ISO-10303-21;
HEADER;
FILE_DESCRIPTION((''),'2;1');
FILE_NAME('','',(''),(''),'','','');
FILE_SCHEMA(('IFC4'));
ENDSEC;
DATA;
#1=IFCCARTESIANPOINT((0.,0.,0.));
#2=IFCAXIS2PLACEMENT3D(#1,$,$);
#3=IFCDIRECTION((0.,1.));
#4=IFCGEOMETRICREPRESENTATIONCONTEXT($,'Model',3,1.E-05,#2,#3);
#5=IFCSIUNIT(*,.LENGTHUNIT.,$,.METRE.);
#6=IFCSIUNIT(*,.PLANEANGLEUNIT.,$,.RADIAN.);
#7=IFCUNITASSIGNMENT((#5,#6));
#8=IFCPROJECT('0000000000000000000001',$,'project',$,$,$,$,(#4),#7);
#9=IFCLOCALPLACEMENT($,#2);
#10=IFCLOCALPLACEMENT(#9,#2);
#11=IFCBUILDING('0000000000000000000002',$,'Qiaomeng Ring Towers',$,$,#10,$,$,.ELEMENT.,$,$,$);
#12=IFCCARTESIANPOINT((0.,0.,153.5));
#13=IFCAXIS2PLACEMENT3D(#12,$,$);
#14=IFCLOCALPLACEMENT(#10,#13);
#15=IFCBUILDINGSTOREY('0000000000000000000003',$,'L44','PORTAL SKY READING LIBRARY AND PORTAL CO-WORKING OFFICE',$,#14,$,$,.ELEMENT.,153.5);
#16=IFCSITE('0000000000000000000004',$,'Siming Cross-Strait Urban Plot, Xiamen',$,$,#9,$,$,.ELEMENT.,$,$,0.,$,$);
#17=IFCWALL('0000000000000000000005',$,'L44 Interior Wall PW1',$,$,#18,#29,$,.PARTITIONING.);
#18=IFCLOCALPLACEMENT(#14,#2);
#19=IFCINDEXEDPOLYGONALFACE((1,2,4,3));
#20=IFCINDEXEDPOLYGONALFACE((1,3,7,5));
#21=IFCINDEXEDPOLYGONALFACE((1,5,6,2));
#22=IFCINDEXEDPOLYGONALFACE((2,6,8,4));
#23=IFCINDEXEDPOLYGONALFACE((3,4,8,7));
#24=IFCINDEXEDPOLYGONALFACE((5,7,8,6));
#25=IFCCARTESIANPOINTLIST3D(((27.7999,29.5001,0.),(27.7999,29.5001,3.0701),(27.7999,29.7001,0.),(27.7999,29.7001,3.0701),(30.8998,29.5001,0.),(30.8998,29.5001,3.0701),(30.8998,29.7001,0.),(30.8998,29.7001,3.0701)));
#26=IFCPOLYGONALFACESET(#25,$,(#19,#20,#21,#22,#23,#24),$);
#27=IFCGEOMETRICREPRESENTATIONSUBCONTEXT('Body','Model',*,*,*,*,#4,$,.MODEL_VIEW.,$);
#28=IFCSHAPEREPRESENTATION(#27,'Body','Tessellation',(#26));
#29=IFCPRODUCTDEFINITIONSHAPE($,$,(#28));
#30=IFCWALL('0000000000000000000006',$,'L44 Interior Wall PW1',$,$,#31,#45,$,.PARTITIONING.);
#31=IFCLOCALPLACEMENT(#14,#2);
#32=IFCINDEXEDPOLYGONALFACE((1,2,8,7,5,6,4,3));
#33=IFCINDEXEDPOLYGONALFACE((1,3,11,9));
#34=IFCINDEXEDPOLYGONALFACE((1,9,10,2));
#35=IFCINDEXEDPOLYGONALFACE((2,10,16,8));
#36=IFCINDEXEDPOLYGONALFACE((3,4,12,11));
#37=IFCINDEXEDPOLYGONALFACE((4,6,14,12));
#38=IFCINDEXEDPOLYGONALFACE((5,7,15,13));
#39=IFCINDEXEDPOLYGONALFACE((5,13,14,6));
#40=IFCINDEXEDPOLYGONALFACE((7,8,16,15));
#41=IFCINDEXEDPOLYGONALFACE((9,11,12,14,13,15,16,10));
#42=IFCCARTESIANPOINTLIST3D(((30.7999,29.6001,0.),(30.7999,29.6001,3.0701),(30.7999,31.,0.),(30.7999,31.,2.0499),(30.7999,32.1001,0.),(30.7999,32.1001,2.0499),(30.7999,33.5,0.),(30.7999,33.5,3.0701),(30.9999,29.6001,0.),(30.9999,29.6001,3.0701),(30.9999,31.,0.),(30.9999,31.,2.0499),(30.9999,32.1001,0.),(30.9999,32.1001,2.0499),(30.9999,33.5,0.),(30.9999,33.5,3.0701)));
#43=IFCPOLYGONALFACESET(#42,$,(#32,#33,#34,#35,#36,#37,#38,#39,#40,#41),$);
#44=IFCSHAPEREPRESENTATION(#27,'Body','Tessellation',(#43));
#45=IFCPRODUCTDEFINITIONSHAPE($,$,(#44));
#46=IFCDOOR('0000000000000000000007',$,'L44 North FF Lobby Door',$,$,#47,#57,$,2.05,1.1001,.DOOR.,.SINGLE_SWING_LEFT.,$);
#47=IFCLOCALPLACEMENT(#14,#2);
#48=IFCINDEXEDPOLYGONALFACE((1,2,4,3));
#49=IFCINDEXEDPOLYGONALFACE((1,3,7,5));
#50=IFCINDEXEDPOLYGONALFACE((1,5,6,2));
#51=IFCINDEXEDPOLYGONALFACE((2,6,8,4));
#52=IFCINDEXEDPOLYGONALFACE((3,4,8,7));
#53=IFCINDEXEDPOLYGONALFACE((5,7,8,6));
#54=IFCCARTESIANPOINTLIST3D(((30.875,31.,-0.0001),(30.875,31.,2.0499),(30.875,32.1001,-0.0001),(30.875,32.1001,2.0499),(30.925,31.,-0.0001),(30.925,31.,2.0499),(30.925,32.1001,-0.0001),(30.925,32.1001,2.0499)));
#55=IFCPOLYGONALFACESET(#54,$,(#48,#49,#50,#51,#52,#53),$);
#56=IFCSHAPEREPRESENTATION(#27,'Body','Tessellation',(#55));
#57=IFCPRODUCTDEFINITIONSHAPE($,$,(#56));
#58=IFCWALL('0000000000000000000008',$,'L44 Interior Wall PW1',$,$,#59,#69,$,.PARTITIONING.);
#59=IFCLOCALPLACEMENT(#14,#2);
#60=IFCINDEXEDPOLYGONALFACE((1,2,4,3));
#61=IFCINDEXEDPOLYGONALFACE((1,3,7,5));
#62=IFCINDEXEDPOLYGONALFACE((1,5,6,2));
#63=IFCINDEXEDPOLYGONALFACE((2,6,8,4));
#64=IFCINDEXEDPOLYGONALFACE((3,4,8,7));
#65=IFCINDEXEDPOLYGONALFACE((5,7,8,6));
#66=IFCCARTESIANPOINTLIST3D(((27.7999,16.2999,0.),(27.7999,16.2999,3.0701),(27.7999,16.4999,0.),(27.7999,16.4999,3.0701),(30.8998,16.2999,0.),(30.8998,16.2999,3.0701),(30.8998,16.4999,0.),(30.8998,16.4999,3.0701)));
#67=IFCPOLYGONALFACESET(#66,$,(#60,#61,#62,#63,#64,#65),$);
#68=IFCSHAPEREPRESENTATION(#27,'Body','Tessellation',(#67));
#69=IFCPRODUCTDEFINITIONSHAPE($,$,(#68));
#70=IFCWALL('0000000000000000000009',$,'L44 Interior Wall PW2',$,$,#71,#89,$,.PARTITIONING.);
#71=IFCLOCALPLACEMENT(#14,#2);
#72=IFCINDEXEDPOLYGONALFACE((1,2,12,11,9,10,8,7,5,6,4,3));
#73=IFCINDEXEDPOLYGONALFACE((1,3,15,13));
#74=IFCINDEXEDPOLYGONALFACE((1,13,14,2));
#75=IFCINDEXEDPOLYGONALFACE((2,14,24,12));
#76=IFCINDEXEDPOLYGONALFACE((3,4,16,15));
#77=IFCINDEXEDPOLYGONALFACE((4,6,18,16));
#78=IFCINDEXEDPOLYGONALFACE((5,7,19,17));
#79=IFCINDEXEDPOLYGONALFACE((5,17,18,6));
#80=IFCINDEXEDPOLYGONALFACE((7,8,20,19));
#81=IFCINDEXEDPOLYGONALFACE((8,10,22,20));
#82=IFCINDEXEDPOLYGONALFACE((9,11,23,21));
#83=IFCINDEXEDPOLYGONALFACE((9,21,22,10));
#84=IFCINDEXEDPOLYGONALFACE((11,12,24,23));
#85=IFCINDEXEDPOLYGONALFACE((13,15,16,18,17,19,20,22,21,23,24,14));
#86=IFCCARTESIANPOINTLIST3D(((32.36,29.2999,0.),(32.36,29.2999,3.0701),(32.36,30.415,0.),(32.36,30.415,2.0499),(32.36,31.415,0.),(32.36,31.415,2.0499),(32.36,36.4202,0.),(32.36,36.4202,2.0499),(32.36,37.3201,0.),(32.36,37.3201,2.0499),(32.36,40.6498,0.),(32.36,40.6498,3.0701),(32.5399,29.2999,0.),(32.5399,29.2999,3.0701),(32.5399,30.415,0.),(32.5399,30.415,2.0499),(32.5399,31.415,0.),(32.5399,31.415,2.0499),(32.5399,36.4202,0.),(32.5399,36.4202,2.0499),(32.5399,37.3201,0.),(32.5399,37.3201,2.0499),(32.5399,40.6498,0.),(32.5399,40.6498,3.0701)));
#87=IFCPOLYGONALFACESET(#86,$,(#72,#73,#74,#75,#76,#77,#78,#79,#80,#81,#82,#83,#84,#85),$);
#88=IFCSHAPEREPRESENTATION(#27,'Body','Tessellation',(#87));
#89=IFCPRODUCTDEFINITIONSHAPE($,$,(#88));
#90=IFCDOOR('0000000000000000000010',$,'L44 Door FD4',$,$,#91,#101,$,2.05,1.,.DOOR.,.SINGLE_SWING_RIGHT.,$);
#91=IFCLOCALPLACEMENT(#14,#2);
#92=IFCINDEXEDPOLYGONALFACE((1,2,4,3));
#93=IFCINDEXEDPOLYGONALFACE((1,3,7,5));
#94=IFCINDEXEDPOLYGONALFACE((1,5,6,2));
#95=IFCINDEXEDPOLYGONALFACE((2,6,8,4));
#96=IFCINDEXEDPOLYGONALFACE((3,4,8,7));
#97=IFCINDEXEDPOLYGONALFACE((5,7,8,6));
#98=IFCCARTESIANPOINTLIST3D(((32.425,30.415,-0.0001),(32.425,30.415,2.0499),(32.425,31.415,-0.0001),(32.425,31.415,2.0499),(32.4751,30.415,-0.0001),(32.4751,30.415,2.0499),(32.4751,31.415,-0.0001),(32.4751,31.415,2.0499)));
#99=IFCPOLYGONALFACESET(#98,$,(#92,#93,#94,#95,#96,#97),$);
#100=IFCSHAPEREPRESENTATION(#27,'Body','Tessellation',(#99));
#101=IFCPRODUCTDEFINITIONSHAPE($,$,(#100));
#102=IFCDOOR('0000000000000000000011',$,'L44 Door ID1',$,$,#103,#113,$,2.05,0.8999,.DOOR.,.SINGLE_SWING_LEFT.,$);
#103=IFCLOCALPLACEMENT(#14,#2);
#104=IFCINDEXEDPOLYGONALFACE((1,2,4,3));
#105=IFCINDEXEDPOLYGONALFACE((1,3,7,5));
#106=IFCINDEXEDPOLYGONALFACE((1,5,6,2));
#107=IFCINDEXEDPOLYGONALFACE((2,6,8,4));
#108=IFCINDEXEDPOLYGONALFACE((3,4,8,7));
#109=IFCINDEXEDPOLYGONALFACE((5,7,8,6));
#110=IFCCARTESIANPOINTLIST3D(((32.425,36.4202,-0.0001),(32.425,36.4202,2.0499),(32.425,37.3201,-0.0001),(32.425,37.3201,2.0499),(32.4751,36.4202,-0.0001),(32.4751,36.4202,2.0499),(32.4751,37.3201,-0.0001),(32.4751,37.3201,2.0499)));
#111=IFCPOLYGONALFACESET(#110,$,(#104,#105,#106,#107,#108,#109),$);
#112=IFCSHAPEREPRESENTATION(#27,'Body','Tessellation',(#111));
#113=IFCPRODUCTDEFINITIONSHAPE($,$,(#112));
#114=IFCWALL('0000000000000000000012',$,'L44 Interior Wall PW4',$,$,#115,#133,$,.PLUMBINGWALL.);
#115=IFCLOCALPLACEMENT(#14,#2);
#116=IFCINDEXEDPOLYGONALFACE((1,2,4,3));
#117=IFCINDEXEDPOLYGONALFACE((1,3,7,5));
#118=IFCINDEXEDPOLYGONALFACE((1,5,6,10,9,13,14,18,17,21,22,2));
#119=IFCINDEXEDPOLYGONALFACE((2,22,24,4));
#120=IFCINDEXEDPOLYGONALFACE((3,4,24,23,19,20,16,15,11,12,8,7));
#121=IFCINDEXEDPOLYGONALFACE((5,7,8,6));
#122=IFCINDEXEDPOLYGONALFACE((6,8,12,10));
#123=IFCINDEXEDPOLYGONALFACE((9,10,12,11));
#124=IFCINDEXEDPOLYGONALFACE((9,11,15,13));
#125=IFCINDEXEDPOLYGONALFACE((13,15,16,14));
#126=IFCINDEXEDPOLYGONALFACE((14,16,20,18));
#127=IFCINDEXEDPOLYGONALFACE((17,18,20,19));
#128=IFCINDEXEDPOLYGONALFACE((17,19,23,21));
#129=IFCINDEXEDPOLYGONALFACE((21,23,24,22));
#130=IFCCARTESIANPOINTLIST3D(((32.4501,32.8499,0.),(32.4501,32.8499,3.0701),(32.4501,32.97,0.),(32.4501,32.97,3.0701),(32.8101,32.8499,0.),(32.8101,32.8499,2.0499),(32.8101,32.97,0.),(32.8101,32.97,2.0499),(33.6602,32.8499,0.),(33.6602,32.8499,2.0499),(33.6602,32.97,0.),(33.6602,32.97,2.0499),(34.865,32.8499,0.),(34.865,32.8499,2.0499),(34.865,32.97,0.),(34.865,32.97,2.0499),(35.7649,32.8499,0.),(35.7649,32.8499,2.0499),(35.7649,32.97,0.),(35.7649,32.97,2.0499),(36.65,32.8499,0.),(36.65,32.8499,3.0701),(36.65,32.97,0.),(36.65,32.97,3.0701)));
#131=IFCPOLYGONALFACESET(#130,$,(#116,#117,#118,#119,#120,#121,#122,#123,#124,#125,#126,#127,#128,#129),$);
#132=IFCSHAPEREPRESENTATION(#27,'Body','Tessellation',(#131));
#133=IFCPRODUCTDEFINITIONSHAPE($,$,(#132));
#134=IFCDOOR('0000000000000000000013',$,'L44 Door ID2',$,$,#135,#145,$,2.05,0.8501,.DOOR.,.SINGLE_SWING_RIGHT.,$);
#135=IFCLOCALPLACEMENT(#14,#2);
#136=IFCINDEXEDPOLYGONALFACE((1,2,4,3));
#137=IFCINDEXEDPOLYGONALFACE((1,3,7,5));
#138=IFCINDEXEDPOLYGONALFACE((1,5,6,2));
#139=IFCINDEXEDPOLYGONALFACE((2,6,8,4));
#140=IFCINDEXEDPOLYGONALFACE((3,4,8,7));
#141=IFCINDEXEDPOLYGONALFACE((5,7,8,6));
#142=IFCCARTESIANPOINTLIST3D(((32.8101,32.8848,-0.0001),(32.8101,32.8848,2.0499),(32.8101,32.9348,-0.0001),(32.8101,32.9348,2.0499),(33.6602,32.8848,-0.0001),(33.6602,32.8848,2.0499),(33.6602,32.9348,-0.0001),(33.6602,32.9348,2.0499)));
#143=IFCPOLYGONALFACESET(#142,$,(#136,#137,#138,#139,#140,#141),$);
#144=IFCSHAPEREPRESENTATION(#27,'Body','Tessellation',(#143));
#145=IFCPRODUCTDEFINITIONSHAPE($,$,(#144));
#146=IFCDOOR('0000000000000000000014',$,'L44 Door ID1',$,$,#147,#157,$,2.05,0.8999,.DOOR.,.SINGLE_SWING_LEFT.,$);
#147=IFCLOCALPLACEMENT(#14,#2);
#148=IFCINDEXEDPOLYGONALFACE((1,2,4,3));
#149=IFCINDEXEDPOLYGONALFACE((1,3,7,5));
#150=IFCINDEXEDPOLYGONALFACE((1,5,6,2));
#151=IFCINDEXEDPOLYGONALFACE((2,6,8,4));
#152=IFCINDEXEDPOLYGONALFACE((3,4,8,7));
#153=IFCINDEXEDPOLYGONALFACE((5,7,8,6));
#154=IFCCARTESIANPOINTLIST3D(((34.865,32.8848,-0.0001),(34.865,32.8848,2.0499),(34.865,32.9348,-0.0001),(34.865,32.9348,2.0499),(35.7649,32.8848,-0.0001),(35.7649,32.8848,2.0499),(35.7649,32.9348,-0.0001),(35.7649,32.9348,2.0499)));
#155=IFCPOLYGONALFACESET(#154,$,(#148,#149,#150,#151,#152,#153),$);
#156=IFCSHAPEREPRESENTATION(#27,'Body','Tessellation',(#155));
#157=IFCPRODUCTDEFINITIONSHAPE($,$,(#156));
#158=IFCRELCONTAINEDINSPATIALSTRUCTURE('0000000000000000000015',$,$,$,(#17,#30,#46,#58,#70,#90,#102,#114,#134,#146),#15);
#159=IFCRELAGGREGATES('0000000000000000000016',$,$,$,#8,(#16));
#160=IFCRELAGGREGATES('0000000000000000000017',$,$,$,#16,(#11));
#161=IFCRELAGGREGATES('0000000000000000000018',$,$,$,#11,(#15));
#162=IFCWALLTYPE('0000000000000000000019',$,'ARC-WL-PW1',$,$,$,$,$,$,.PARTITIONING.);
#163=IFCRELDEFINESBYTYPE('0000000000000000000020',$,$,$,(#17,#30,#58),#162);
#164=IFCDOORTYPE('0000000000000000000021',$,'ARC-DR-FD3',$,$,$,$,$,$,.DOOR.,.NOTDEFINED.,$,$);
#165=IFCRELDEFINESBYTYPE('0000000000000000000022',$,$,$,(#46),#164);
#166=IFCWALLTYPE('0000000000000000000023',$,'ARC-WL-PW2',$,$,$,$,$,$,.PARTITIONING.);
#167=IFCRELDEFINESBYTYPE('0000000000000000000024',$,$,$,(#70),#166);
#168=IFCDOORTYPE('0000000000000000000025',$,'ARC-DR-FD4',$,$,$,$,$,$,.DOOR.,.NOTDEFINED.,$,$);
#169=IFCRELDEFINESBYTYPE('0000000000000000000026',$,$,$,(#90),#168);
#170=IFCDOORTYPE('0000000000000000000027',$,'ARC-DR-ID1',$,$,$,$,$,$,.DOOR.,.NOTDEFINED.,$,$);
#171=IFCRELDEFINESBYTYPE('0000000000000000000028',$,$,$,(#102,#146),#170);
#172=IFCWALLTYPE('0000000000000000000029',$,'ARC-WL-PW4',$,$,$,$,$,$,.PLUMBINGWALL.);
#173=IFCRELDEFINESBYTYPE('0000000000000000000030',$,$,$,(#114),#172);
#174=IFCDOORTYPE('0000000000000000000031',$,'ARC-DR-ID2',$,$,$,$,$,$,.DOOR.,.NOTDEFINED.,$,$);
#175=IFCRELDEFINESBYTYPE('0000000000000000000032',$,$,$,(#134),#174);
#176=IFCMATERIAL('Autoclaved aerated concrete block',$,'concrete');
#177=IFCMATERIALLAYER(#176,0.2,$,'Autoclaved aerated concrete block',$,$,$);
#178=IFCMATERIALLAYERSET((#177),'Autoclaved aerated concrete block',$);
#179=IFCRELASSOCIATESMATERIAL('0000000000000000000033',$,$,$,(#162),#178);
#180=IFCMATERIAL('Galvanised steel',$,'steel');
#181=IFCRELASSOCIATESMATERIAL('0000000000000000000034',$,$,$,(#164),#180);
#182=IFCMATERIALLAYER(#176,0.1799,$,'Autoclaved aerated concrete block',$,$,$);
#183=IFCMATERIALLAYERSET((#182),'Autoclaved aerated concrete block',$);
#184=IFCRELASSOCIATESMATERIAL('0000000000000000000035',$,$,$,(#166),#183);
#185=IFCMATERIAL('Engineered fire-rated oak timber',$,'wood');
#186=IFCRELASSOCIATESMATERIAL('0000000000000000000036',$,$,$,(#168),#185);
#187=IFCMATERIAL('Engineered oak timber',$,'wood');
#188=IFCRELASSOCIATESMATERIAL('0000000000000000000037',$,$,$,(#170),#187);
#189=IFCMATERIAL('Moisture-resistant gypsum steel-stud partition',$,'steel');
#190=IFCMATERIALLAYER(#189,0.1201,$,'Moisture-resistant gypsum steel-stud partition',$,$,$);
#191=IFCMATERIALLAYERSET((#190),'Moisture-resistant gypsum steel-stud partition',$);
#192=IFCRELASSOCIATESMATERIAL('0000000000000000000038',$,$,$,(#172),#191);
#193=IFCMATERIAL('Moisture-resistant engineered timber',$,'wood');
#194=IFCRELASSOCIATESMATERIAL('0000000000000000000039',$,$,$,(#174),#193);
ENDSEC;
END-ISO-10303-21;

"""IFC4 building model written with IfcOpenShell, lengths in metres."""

from ifc_helpers import new_model, si_unit, direction, frame, frame_2d, origin, place, context, subcontext, project, spatial, rectangle, extrude, source, transform, mapped, material, layer, layer_set, type_object, element, fill, save


model = new_model("IFC4")

# Units and contexts
model_context = context("Model", 3, precision=1e-05, world=origin(), true_north=direction((0.0, 1.0)))
body_context = subcontext(model_context, "Body", "Model", "MODEL_VIEW")
ifc_project = project(units=[si_unit("LENGTHUNIT", "METRE"), si_unit("PLANEANGLEUNIT", "RADIAN")], contexts=[model_context])

# Site, building, storey
site_placement = place(None, origin())
site = spatial("IfcSite", under=ifc_project, at=site_placement, Name="Siming Cross-Strait Urban Plot, Xiamen", CompositionType="ELEMENT", RefElevation=0.0)
building_placement = place(site_placement, origin())
building = spatial("IfcBuilding", under=site, at=building_placement, Name="Qiaomeng Ring Towers", CompositionType="ELEMENT")
storey_placement = place(building_placement, frame((0.0, 0.0, 153.5)))
storey = spatial("IfcBuildingStorey", under=building, at=storey_placement, Name="L44", Description="PORTAL SKY READING LIBRARY AND PORTAL CO-WORKING OFFICE", CompositionType="ELEMENT", Elevation=153.5)

# Wall
ifc_material_1 = material(Name="Autoclaved aerated concrete block", Category="concrete")
ifc_layer_1 = layer(ifc_material_1, 0.2, Name="Autoclaved aerated concrete block")
ifc_layer_set_1 = layer_set([ifc_layer_1], Name="Autoclaved aerated concrete block")
wall_type_1 = type_object("IfcWallType", Name="ARC-WL-PW1", PredefinedType="PARTITIONING", material=ifc_layer_set_1)
wall_1_placement = place(storey_placement, frame((27.8, 29.6001, 0.0), z_axis=(0.0, 0.0, 1.0), x_axis=(1.0, 0.0, 0.0)))
element("IfcWall", 1, at=wall_1_placement, inside=storey, type_object=wall_type_1, Name="L44 Interior Wall PW1", PredefinedType="PARTITIONING", context=body_context, shape_type="SweptSolid", body=[
    extrude(rectangle(XDim=3.0999, YDim=0.2, at=frame_2d((1.5498, 0.0))), origin(), (0.0, 0.0, 1.0), 3.0701),
])

# Wall, opening, door
wall_2_placement = place(storey_placement, frame((30.8999, 29.6001, 0.0), z_axis=(0.0, 0.0, 1.0), x_axis=(0.0, 1.0, 0.0)))
wall_2 = element("IfcWall", 2, at=wall_2_placement, inside=storey, type_object=wall_type_1, Name="L44 Interior Wall PW1", PredefinedType="PARTITIONING", context=body_context, shape_type="SweptSolid", body=[
    extrude(rectangle(XDim=3.8999, YDim=0.2, at=frame_2d((1.95, 0.0))), origin(), (0.0, 0.0, 1.0), 3.0701),
])
opening_1_placement = place(wall_2_placement, frame((1.3999, 0.0, 0.0)))
opening_1 = element("IfcOpeningElement", 3, at=opening_1_placement, cuts=wall_2, PredefinedType="OPENING", context=body_context, shape_type="SweptSolid", body=[
    extrude(rectangle(XDim=1.1001, YDim=2.05, at=frame_2d((0.55, 1.0249))), frame((0.0, 0.1099, 0.0), z_axis=(0.0, -1.0, 0.0), x_axis=(1.0, 0.0, 0.0)), (0.0, 0.0, 1.0), 0.22),
])
ifc_material_2 = material(Name="Galvanised steel", Category="steel")
door_type_1 = type_object("IfcDoorType", Name="ARC-DR-FD3", OperationType="NOTDEFINED", PredefinedType="DOOR", material=ifc_material_2)
shared_shape_1 = source(origin(), body_context, "Body", "SweptSolid", [
    extrude(rectangle(XDim=1.1001, YDim=2.05, at=frame_2d((0.55, 1.0249))), frame((0.0, 0.0249, 0.0), z_axis=(0.0, -1.0, 0.0), x_axis=(1.0, 0.0, 0.0)), (0.0, 0.0, 1.0), 0.05),
])
door_1_placement = place(opening_1_placement, origin())
door_1 = element("IfcDoor", 4, at=door_1_placement, inside=storey, type_object=door_type_1, Name="L44 North FF Lobby Door", OperationType="SINGLE_SWING_LEFT", OverallHeight=2.05, OverallWidth=1.1001, PredefinedType="DOOR", context=body_context, shape_type="MappedRepresentation", body=[
    mapped(shared_shape_1, transform((0.0, 0.0, 0.0), x_axis=(1.0, 0.0, 0.0), y_axis=(0.0, 1.0, 0.0), z_axis=(0.0, 0.0, 1.0), scale=1.0)),
])
fill(opening_1, door_1)

# Wall
wall_3_placement = place(storey_placement, frame((27.8, 16.3999, 0.0), z_axis=(0.0, 0.0, 1.0), x_axis=(1.0, 0.0, 0.0)))
element("IfcWall", 5, at=wall_3_placement, inside=storey, type_object=wall_type_1, Name="L44 Interior Wall PW1", PredefinedType="PARTITIONING", context=body_context, shape_type="SweptSolid", body=[
    extrude(rectangle(XDim=3.0999, YDim=0.2, at=frame_2d((1.5498, 0.0))), origin(), (0.0, 0.0, 1.0), 3.0701),
])

# Walls, openings, doors
ifc_layer_2 = layer(ifc_material_1, 0.1799, Name="Autoclaved aerated concrete block")
ifc_layer_set_2 = layer_set([ifc_layer_2], Name="Autoclaved aerated concrete block")
wall_type_2 = type_object("IfcWallType", Name="ARC-WL-PW2", PredefinedType="PARTITIONING", material=ifc_layer_set_2)
wall_4_placement = place(storey_placement, frame((32.45, 29.3, 0.0), z_axis=(0.0, 0.0, 1.0), x_axis=(0.0, 1.0, 0.0)))
wall_4 = element("IfcWall", 6, at=wall_4_placement, inside=storey, type_object=wall_type_2, Name="L44 Interior Wall PW2", PredefinedType="PARTITIONING", context=body_context, shape_type="SweptSolid", body=[
    extrude(rectangle(XDim=11.3499, YDim=0.1799, at=frame_2d((5.6748, 0.0))), origin(), (0.0, 0.0, 1.0), 3.0701),
])
opening_2_placement = place(wall_4_placement, frame((1.115, 0.0, 0.0)))
opening_2 = element("IfcOpeningElement", 7, at=opening_2_placement, cuts=wall_4, PredefinedType="OPENING", context=body_context, shape_type="SweptSolid", body=[
    extrude(rectangle(XDim=1.0, YDim=2.05, at=frame_2d((0.5, 1.0249))), frame((0.0, 0.0999, 0.0), z_axis=(0.0, -1.0, 0.0), x_axis=(1.0, 0.0, 0.0)), (0.0, 0.0, 1.0), 0.2),
])
opening_3_placement = place(wall_4_placement, frame((7.1201, 0.0, 0.0)))
opening_3 = element("IfcOpeningElement", 8, at=opening_3_placement, cuts=wall_4, PredefinedType="OPENING", context=body_context, shape_type="SweptSolid", body=[
    extrude(rectangle(XDim=0.8999, YDim=2.05, at=frame_2d((0.45, 1.0249))), frame((0.0, 0.0999, 0.0), z_axis=(0.0, -1.0, 0.0), x_axis=(1.0, 0.0, 0.0)), (0.0, 0.0, 1.0), 0.2),
])
ifc_material_3 = material(Name="Engineered fire-rated oak timber", Category="wood")
door_type_2 = type_object("IfcDoorType", Name="ARC-DR-FD4", OperationType="NOTDEFINED", PredefinedType="DOOR", material=ifc_material_3)
shared_shape_2 = source(origin(), body_context, "Body", "SweptSolid", [
    extrude(rectangle(XDim=1.0, YDim=2.05, at=frame_2d((0.5, 1.0249))), frame((0.0, 0.0249, 0.0), z_axis=(0.0, -1.0, 0.0), x_axis=(1.0, 0.0, 0.0)), (0.0, 0.0, 1.0), 0.05),
])
door_2_placement = place(opening_2_placement, origin())
door_2 = element("IfcDoor", 9, at=door_2_placement, inside=storey, type_object=door_type_2, Name="L44 Door FD4", OperationType="SINGLE_SWING_RIGHT", OverallHeight=2.05, OverallWidth=1.0, PredefinedType="DOOR", context=body_context, shape_type="MappedRepresentation", body=[
    mapped(shared_shape_2, transform((0.0, 0.0, 0.0), x_axis=(1.0, 0.0, 0.0), y_axis=(0.0, 1.0, 0.0), z_axis=(0.0, 0.0, 1.0), scale=1.0)),
])
fill(opening_2, door_2)
ifc_material_4 = material(Name="Engineered oak timber", Category="wood")
door_type_3 = type_object("IfcDoorType", Name="ARC-DR-ID1", OperationType="NOTDEFINED", PredefinedType="DOOR", material=ifc_material_4)
shared_shape_3 = source(origin(), body_context, "Body", "SweptSolid", [
    extrude(rectangle(XDim=0.8999, YDim=2.05, at=frame_2d((0.45, 1.0249))), frame((0.0, 0.0249, 0.0), z_axis=(0.0, -1.0, 0.0), x_axis=(1.0, 0.0, 0.0)), (0.0, 0.0, 1.0), 0.05),
])
door_3_placement = place(opening_3_placement, origin())
door_3 = element("IfcDoor", 10, at=door_3_placement, inside=storey, type_object=door_type_3, Name="L44 Door ID1", OperationType="SINGLE_SWING_LEFT", OverallHeight=2.05, OverallWidth=0.8999, PredefinedType="DOOR", context=body_context, shape_type="MappedRepresentation", body=[
    mapped(shared_shape_3, transform((0.0, 0.0, 0.0), x_axis=(1.0, 0.0, 0.0), y_axis=(0.0, 1.0, 0.0), z_axis=(0.0, 0.0, 1.0), scale=1.0)),
])
fill(opening_3, door_3)
ifc_material_5 = material(Name="Moisture-resistant gypsum steel-stud partition", Category="steel")
ifc_layer_3 = layer(ifc_material_5, 0.1201, Name="Moisture-resistant gypsum steel-stud partition")
ifc_layer_set_3 = layer_set([ifc_layer_3], Name="Moisture-resistant gypsum steel-stud partition")
wall_type_3 = type_object("IfcWallType", Name="ARC-WL-PW4", PredefinedType="PLUMBINGWALL", material=ifc_layer_set_3)
wall_5_placement = place(storey_placement, frame((32.45, 32.9099, 0.0), z_axis=(0.0, 0.0, 1.0), x_axis=(1.0, 0.0, 0.0)))
wall_5 = element("IfcWall", 11, at=wall_5_placement, inside=storey, type_object=wall_type_3, Name="L44 Interior Wall PW4", PredefinedType="PLUMBINGWALL", context=body_context, shape_type="SweptSolid", body=[
    extrude(rectangle(XDim=4.2, YDim=0.1201, at=frame_2d((2.1001, 0.0))), origin(), (0.0, 0.0, 1.0), 3.0701),
])
opening_4_placement = place(wall_5_placement, frame((0.3601, 0.0, 0.0)))
opening_4 = element("IfcOpeningElement", 12, at=opening_4_placement, cuts=wall_5, PredefinedType="OPENING", context=body_context, shape_type="SweptSolid", body=[
    extrude(rectangle(XDim=0.8501, YDim=2.05, at=frame_2d((0.425, 1.0249))), frame((0.0, 0.0701, 0.0), z_axis=(0.0, -1.0, 0.0), x_axis=(1.0, 0.0, 0.0)), (0.0, 0.0, 1.0), 0.1401),
])
opening_5_placement = place(wall_5_placement, frame((2.415, 0.0, 0.0)))
opening_5 = element("IfcOpeningElement", 13, at=opening_5_placement, cuts=wall_5, PredefinedType="OPENING", context=body_context, shape_type="SweptSolid", body=[
    extrude(rectangle(XDim=0.8999, YDim=2.05, at=frame_2d((0.45, 1.0249))), frame((0.0, 0.0701, 0.0), z_axis=(0.0, -1.0, 0.0), x_axis=(1.0, 0.0, 0.0)), (0.0, 0.0, 1.0), 0.1401),
])
ifc_material_6 = material(Name="Moisture-resistant engineered timber", Category="wood")
door_type_4 = type_object("IfcDoorType", Name="ARC-DR-ID2", OperationType="NOTDEFINED", PredefinedType="DOOR", material=ifc_material_6)
shared_shape_4 = source(origin(), body_context, "Body", "SweptSolid", [
    extrude(rectangle(XDim=0.8501, YDim=2.05, at=frame_2d((0.425, 1.0249))), frame((0.0, 0.0249, 0.0), z_axis=(0.0, -1.0, 0.0), x_axis=(1.0, 0.0, 0.0)), (0.0, 0.0, 1.0), 0.05),
])
door_4_placement = place(opening_4_placement, origin())
door_4 = element("IfcDoor", 14, at=door_4_placement, inside=storey, type_object=door_type_4, Name="L44 Door ID2", OperationType="SINGLE_SWING_RIGHT", OverallHeight=2.05, OverallWidth=0.8501, PredefinedType="DOOR", context=body_context, shape_type="MappedRepresentation", body=[
    mapped(shared_shape_4, transform((0.0, 0.0, 0.0), x_axis=(1.0, 0.0, 0.0), y_axis=(0.0, 1.0, 0.0), z_axis=(0.0, 0.0, 1.0), scale=1.0)),
])
fill(opening_4, door_4)
door_5_placement = place(opening_5_placement, origin())
door_5 = element("IfcDoor", 15, at=door_5_placement, inside=storey, type_object=door_type_3, Name="L44 Door ID1", OperationType="SINGLE_SWING_LEFT", OverallHeight=2.05, OverallWidth=0.8999, PredefinedType="DOOR", context=body_context, shape_type="MappedRepresentation", body=[
    mapped(shared_shape_3, transform((0.0, 0.0, 0.0), x_axis=(1.0, 0.0, 0.0), y_axis=(0.0, 1.0, 0.0), z_axis=(0.0, 0.0, 1.0), scale=1.0)),
])
fill(opening_5, door_5)

save(model, "model.ifc")
